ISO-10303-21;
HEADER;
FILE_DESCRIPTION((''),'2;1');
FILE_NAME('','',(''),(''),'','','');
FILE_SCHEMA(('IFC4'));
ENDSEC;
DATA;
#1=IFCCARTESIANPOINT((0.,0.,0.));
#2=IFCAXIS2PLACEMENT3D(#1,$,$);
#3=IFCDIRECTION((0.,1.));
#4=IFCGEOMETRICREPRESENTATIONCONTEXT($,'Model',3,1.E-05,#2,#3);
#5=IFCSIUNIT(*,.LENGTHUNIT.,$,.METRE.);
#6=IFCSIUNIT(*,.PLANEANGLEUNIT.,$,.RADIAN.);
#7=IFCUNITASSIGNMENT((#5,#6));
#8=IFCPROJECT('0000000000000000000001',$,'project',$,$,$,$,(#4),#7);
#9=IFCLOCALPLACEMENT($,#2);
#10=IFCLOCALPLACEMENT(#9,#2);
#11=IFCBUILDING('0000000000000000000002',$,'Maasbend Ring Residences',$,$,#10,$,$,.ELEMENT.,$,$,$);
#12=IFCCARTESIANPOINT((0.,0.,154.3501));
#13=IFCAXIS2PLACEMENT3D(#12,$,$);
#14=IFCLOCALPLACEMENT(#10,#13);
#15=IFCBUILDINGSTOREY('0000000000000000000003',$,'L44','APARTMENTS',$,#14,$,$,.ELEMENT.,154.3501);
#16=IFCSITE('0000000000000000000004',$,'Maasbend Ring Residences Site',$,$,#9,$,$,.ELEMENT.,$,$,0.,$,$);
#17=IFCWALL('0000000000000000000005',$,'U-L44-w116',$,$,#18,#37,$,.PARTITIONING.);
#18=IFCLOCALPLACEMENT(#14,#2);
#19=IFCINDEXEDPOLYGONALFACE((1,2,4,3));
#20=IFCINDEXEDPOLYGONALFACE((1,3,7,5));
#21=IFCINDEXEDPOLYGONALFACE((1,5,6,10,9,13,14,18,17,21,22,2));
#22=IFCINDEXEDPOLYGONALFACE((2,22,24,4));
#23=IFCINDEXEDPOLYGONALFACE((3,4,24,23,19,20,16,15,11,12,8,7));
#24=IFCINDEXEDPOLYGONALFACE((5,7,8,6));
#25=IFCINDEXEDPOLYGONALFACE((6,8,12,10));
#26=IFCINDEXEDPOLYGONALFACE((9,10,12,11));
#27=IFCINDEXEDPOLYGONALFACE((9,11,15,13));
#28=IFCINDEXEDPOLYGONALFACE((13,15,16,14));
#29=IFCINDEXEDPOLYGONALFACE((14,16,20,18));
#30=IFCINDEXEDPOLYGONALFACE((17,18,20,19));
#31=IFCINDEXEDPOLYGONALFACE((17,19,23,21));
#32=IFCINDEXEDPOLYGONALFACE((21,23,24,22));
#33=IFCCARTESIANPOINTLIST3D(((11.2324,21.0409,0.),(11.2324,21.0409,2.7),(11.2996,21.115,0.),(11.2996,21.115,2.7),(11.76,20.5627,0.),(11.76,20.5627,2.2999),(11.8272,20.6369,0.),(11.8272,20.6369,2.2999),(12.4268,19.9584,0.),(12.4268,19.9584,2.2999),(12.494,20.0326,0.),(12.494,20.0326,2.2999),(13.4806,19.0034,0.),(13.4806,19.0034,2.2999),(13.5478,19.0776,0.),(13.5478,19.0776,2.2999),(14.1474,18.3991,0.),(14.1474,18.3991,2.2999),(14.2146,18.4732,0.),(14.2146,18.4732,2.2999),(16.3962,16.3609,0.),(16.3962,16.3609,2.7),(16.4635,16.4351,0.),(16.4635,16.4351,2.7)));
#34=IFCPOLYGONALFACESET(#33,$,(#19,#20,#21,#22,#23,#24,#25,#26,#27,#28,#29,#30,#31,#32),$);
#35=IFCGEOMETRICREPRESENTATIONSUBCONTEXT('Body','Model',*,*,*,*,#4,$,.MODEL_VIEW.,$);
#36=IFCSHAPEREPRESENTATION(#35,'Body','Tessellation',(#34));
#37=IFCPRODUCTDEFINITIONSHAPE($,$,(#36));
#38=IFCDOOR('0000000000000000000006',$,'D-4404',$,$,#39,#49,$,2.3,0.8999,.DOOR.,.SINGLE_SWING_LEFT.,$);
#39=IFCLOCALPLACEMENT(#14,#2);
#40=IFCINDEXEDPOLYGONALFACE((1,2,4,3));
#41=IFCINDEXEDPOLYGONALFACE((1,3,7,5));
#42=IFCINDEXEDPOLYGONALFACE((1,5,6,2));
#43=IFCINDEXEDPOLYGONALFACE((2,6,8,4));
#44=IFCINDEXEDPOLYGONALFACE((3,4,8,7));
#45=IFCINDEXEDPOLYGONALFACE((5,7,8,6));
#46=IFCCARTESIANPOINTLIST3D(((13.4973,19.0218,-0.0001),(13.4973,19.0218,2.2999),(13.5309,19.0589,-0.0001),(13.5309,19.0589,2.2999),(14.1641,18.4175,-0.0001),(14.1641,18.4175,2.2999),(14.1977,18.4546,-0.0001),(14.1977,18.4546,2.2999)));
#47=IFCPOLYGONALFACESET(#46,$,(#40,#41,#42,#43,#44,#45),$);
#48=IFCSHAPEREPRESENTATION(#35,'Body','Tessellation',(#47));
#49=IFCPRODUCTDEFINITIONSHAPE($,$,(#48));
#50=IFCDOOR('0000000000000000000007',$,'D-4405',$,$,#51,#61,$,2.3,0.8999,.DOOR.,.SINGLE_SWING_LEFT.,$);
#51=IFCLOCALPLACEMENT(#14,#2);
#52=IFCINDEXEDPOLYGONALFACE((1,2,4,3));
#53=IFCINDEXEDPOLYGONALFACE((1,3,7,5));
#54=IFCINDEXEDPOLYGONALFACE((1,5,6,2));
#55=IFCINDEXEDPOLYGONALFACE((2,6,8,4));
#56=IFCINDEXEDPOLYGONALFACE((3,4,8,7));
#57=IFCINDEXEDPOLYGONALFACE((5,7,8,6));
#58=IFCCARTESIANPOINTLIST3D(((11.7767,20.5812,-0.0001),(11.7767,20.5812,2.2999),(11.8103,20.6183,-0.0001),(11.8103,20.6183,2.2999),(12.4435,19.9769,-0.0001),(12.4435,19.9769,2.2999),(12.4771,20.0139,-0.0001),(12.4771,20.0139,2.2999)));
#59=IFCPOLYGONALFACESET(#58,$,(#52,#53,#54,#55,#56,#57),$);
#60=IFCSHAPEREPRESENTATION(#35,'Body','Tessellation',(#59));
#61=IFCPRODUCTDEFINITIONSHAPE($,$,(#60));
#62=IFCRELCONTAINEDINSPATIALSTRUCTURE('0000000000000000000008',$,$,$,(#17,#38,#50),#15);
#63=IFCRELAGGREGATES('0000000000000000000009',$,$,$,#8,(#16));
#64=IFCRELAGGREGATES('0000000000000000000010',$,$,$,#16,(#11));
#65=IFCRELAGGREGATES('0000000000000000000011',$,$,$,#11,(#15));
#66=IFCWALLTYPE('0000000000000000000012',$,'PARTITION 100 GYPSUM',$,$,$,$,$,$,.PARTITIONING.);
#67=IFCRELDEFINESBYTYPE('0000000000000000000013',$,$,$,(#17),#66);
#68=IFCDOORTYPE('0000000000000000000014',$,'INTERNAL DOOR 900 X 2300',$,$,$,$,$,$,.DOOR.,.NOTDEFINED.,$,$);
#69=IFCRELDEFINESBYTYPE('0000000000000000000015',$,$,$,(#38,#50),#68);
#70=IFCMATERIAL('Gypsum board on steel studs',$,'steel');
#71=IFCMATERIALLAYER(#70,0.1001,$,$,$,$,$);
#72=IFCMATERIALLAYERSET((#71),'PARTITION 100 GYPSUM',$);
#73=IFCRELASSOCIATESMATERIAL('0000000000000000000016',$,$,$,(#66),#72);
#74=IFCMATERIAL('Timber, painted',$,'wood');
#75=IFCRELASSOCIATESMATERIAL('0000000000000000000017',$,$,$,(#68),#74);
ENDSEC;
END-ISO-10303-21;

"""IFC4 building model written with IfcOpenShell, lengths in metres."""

from ifc_helpers import new_model, si_unit, direction, frame, frame_2d, origin, place, context, subcontext, project, spatial, rectangle, extrude, material, layer, layer_set, type_object, element, fill, save


model = new_model("IFC4")

# Units and contexts
model_context = context("Model", 3, precision=1e-05, world=origin(), true_north=direction((0.0, 1.0)))
body_context = subcontext(model_context, "Body", "Model", "MODEL_VIEW")
ifc_project = project(units=[si_unit("LENGTHUNIT", "METRE"), si_unit("PLANEANGLEUNIT", "RADIAN")], contexts=[model_context])

# Site, building, storey
site_placement = place(None, origin())
site = spatial("IfcSite", under=ifc_project, at=site_placement, Name="Maasbend Ring Residences Site", CompositionType="ELEMENT", RefElevation=0.0)
building_placement = place(site_placement, origin())
building = spatial("IfcBuilding", under=site, at=building_placement, Name="Maasbend Ring Residences", CompositionType="ELEMENT")
storey_placement = place(building_placement, frame((0.0, 0.0, 154.3501)))
storey = spatial("IfcBuildingStorey", under=building, at=storey_placement, Name="L44", Description="APARTMENTS", CompositionType="ELEMENT", Elevation=154.3501)

# Shared definitions
ifc_material_1 = material(Name="Gypsum board on steel studs", Category="steel")
ifc_layer_1 = layer(ifc_material_1, 0.1001)
ifc_layer_set_1 = layer_set([ifc_layer_1], Name="PARTITION 100 GYPSUM")
wall_type_1 = type_object("IfcWallType", Name="PARTITION 100 GYPSUM", PredefinedType="PARTITIONING", material=ifc_layer_set_1)

# Shared definitions
ifc_material_2 = material(Name="Timber, painted", Category="wood")
door_type_1 = type_object("IfcDoorType", Name="INTERNAL DOOR 900 X 2300", OperationType="NOTDEFINED", PredefinedType="DOOR", material=ifc_material_2)

# Wall, openings, doors
wall_1_placement = place(storey_placement, frame((11.2661, 21.0779, 0.0), z_axis=(0.0, 0.0, 1.0), x_axis=(0.740971, -0.671537, 0.0)))
wall_1 = element("IfcWall", 1, at=wall_1_placement, inside=storey, type_object=wall_type_1, Name="U-L44-w116", PredefinedType="PARTITIONING", context=body_context, shape_type="SweptSolid", body=[
    extrude(rectangle(XDim=6.969, YDim=0.1001, at=frame_2d((3.4844, 0.0))), origin(), (0.0, 0.0, 1.0), 2.7),
])
opening_1_placement = place(wall_1_placement, frame((3.0339, 0.0, 0.0)))
opening_1 = element("IfcOpeningElement", 2, at=opening_1_placement, cuts=wall_1, PredefinedType="OPENING", context=body_context, shape_type="SweptSolid", body=[
    extrude(rectangle(XDim=0.8999, YDim=2.3, at=frame_2d((0.45, 1.1499))), frame((0.0, 0.0601, 0.0), z_axis=(0.0, -1.0, 0.0), x_axis=(1.0, 0.0, 0.0)), (0.0, 0.0, 1.0), 0.1201),
])
opening_2_placement = place(wall_1_placement, frame((0.7119, 0.0, 0.0)))
opening_2 = element("IfcOpeningElement", 3, at=opening_2_placement, cuts=wall_1, PredefinedType="OPENING", context=body_context, shape_type="SweptSolid", body=[
    extrude(rectangle(XDim=0.8999, YDim=2.3, at=frame_2d((0.45, 1.1499))), frame((0.0, 0.0601, 0.0), z_axis=(0.0, -1.0, 0.0), x_axis=(1.0, 0.0, 0.0)), (0.0, 0.0, 1.0), 0.1201),
])
door_1_placement = place(opening_1_placement, origin())
door_1 = element("IfcDoor", 4, at=door_1_placement, inside=storey, type_object=door_type_1, Name="D-4404", OperationType="SINGLE_SWING_LEFT", OverallHeight=2.3, OverallWidth=0.8999, PredefinedType="DOOR", context=body_context, shape_type="SweptSolid", body=[
    extrude(rectangle(XDim=0.8999, YDim=2.3, at=frame_2d((0.45, 1.1499))), frame((0.0, 0.0249, 0.0), z_axis=(0.0, -1.0, 0.0), x_axis=(1.0, 0.0, 0.0)), (0.0, 0.0, 1.0), 0.05),
])
fill(opening_1, door_1)
door_2_placement = place(opening_2_placement, origin())
door_2 = element("IfcDoor", 5, at=door_2_placement, inside=storey, type_object=door_type_1, Name="D-4405", OperationType="SINGLE_SWING_LEFT", OverallHeight=2.3, OverallWidth=0.8999, PredefinedType="DOOR", context=body_context, shape_type="SweptSolid", body=[
    extrude(rectangle(XDim=0.8999, YDim=2.3, at=frame_2d((0.45, 1.1499))), frame((0.0, 0.0249, 0.0), z_axis=(0.0, -1.0, 0.0), x_axis=(1.0, 0.0, 0.0)), (0.0, 0.0, 1.0), 0.05),
])
fill(opening_2, door_2)

save(model, "model.ifc")
